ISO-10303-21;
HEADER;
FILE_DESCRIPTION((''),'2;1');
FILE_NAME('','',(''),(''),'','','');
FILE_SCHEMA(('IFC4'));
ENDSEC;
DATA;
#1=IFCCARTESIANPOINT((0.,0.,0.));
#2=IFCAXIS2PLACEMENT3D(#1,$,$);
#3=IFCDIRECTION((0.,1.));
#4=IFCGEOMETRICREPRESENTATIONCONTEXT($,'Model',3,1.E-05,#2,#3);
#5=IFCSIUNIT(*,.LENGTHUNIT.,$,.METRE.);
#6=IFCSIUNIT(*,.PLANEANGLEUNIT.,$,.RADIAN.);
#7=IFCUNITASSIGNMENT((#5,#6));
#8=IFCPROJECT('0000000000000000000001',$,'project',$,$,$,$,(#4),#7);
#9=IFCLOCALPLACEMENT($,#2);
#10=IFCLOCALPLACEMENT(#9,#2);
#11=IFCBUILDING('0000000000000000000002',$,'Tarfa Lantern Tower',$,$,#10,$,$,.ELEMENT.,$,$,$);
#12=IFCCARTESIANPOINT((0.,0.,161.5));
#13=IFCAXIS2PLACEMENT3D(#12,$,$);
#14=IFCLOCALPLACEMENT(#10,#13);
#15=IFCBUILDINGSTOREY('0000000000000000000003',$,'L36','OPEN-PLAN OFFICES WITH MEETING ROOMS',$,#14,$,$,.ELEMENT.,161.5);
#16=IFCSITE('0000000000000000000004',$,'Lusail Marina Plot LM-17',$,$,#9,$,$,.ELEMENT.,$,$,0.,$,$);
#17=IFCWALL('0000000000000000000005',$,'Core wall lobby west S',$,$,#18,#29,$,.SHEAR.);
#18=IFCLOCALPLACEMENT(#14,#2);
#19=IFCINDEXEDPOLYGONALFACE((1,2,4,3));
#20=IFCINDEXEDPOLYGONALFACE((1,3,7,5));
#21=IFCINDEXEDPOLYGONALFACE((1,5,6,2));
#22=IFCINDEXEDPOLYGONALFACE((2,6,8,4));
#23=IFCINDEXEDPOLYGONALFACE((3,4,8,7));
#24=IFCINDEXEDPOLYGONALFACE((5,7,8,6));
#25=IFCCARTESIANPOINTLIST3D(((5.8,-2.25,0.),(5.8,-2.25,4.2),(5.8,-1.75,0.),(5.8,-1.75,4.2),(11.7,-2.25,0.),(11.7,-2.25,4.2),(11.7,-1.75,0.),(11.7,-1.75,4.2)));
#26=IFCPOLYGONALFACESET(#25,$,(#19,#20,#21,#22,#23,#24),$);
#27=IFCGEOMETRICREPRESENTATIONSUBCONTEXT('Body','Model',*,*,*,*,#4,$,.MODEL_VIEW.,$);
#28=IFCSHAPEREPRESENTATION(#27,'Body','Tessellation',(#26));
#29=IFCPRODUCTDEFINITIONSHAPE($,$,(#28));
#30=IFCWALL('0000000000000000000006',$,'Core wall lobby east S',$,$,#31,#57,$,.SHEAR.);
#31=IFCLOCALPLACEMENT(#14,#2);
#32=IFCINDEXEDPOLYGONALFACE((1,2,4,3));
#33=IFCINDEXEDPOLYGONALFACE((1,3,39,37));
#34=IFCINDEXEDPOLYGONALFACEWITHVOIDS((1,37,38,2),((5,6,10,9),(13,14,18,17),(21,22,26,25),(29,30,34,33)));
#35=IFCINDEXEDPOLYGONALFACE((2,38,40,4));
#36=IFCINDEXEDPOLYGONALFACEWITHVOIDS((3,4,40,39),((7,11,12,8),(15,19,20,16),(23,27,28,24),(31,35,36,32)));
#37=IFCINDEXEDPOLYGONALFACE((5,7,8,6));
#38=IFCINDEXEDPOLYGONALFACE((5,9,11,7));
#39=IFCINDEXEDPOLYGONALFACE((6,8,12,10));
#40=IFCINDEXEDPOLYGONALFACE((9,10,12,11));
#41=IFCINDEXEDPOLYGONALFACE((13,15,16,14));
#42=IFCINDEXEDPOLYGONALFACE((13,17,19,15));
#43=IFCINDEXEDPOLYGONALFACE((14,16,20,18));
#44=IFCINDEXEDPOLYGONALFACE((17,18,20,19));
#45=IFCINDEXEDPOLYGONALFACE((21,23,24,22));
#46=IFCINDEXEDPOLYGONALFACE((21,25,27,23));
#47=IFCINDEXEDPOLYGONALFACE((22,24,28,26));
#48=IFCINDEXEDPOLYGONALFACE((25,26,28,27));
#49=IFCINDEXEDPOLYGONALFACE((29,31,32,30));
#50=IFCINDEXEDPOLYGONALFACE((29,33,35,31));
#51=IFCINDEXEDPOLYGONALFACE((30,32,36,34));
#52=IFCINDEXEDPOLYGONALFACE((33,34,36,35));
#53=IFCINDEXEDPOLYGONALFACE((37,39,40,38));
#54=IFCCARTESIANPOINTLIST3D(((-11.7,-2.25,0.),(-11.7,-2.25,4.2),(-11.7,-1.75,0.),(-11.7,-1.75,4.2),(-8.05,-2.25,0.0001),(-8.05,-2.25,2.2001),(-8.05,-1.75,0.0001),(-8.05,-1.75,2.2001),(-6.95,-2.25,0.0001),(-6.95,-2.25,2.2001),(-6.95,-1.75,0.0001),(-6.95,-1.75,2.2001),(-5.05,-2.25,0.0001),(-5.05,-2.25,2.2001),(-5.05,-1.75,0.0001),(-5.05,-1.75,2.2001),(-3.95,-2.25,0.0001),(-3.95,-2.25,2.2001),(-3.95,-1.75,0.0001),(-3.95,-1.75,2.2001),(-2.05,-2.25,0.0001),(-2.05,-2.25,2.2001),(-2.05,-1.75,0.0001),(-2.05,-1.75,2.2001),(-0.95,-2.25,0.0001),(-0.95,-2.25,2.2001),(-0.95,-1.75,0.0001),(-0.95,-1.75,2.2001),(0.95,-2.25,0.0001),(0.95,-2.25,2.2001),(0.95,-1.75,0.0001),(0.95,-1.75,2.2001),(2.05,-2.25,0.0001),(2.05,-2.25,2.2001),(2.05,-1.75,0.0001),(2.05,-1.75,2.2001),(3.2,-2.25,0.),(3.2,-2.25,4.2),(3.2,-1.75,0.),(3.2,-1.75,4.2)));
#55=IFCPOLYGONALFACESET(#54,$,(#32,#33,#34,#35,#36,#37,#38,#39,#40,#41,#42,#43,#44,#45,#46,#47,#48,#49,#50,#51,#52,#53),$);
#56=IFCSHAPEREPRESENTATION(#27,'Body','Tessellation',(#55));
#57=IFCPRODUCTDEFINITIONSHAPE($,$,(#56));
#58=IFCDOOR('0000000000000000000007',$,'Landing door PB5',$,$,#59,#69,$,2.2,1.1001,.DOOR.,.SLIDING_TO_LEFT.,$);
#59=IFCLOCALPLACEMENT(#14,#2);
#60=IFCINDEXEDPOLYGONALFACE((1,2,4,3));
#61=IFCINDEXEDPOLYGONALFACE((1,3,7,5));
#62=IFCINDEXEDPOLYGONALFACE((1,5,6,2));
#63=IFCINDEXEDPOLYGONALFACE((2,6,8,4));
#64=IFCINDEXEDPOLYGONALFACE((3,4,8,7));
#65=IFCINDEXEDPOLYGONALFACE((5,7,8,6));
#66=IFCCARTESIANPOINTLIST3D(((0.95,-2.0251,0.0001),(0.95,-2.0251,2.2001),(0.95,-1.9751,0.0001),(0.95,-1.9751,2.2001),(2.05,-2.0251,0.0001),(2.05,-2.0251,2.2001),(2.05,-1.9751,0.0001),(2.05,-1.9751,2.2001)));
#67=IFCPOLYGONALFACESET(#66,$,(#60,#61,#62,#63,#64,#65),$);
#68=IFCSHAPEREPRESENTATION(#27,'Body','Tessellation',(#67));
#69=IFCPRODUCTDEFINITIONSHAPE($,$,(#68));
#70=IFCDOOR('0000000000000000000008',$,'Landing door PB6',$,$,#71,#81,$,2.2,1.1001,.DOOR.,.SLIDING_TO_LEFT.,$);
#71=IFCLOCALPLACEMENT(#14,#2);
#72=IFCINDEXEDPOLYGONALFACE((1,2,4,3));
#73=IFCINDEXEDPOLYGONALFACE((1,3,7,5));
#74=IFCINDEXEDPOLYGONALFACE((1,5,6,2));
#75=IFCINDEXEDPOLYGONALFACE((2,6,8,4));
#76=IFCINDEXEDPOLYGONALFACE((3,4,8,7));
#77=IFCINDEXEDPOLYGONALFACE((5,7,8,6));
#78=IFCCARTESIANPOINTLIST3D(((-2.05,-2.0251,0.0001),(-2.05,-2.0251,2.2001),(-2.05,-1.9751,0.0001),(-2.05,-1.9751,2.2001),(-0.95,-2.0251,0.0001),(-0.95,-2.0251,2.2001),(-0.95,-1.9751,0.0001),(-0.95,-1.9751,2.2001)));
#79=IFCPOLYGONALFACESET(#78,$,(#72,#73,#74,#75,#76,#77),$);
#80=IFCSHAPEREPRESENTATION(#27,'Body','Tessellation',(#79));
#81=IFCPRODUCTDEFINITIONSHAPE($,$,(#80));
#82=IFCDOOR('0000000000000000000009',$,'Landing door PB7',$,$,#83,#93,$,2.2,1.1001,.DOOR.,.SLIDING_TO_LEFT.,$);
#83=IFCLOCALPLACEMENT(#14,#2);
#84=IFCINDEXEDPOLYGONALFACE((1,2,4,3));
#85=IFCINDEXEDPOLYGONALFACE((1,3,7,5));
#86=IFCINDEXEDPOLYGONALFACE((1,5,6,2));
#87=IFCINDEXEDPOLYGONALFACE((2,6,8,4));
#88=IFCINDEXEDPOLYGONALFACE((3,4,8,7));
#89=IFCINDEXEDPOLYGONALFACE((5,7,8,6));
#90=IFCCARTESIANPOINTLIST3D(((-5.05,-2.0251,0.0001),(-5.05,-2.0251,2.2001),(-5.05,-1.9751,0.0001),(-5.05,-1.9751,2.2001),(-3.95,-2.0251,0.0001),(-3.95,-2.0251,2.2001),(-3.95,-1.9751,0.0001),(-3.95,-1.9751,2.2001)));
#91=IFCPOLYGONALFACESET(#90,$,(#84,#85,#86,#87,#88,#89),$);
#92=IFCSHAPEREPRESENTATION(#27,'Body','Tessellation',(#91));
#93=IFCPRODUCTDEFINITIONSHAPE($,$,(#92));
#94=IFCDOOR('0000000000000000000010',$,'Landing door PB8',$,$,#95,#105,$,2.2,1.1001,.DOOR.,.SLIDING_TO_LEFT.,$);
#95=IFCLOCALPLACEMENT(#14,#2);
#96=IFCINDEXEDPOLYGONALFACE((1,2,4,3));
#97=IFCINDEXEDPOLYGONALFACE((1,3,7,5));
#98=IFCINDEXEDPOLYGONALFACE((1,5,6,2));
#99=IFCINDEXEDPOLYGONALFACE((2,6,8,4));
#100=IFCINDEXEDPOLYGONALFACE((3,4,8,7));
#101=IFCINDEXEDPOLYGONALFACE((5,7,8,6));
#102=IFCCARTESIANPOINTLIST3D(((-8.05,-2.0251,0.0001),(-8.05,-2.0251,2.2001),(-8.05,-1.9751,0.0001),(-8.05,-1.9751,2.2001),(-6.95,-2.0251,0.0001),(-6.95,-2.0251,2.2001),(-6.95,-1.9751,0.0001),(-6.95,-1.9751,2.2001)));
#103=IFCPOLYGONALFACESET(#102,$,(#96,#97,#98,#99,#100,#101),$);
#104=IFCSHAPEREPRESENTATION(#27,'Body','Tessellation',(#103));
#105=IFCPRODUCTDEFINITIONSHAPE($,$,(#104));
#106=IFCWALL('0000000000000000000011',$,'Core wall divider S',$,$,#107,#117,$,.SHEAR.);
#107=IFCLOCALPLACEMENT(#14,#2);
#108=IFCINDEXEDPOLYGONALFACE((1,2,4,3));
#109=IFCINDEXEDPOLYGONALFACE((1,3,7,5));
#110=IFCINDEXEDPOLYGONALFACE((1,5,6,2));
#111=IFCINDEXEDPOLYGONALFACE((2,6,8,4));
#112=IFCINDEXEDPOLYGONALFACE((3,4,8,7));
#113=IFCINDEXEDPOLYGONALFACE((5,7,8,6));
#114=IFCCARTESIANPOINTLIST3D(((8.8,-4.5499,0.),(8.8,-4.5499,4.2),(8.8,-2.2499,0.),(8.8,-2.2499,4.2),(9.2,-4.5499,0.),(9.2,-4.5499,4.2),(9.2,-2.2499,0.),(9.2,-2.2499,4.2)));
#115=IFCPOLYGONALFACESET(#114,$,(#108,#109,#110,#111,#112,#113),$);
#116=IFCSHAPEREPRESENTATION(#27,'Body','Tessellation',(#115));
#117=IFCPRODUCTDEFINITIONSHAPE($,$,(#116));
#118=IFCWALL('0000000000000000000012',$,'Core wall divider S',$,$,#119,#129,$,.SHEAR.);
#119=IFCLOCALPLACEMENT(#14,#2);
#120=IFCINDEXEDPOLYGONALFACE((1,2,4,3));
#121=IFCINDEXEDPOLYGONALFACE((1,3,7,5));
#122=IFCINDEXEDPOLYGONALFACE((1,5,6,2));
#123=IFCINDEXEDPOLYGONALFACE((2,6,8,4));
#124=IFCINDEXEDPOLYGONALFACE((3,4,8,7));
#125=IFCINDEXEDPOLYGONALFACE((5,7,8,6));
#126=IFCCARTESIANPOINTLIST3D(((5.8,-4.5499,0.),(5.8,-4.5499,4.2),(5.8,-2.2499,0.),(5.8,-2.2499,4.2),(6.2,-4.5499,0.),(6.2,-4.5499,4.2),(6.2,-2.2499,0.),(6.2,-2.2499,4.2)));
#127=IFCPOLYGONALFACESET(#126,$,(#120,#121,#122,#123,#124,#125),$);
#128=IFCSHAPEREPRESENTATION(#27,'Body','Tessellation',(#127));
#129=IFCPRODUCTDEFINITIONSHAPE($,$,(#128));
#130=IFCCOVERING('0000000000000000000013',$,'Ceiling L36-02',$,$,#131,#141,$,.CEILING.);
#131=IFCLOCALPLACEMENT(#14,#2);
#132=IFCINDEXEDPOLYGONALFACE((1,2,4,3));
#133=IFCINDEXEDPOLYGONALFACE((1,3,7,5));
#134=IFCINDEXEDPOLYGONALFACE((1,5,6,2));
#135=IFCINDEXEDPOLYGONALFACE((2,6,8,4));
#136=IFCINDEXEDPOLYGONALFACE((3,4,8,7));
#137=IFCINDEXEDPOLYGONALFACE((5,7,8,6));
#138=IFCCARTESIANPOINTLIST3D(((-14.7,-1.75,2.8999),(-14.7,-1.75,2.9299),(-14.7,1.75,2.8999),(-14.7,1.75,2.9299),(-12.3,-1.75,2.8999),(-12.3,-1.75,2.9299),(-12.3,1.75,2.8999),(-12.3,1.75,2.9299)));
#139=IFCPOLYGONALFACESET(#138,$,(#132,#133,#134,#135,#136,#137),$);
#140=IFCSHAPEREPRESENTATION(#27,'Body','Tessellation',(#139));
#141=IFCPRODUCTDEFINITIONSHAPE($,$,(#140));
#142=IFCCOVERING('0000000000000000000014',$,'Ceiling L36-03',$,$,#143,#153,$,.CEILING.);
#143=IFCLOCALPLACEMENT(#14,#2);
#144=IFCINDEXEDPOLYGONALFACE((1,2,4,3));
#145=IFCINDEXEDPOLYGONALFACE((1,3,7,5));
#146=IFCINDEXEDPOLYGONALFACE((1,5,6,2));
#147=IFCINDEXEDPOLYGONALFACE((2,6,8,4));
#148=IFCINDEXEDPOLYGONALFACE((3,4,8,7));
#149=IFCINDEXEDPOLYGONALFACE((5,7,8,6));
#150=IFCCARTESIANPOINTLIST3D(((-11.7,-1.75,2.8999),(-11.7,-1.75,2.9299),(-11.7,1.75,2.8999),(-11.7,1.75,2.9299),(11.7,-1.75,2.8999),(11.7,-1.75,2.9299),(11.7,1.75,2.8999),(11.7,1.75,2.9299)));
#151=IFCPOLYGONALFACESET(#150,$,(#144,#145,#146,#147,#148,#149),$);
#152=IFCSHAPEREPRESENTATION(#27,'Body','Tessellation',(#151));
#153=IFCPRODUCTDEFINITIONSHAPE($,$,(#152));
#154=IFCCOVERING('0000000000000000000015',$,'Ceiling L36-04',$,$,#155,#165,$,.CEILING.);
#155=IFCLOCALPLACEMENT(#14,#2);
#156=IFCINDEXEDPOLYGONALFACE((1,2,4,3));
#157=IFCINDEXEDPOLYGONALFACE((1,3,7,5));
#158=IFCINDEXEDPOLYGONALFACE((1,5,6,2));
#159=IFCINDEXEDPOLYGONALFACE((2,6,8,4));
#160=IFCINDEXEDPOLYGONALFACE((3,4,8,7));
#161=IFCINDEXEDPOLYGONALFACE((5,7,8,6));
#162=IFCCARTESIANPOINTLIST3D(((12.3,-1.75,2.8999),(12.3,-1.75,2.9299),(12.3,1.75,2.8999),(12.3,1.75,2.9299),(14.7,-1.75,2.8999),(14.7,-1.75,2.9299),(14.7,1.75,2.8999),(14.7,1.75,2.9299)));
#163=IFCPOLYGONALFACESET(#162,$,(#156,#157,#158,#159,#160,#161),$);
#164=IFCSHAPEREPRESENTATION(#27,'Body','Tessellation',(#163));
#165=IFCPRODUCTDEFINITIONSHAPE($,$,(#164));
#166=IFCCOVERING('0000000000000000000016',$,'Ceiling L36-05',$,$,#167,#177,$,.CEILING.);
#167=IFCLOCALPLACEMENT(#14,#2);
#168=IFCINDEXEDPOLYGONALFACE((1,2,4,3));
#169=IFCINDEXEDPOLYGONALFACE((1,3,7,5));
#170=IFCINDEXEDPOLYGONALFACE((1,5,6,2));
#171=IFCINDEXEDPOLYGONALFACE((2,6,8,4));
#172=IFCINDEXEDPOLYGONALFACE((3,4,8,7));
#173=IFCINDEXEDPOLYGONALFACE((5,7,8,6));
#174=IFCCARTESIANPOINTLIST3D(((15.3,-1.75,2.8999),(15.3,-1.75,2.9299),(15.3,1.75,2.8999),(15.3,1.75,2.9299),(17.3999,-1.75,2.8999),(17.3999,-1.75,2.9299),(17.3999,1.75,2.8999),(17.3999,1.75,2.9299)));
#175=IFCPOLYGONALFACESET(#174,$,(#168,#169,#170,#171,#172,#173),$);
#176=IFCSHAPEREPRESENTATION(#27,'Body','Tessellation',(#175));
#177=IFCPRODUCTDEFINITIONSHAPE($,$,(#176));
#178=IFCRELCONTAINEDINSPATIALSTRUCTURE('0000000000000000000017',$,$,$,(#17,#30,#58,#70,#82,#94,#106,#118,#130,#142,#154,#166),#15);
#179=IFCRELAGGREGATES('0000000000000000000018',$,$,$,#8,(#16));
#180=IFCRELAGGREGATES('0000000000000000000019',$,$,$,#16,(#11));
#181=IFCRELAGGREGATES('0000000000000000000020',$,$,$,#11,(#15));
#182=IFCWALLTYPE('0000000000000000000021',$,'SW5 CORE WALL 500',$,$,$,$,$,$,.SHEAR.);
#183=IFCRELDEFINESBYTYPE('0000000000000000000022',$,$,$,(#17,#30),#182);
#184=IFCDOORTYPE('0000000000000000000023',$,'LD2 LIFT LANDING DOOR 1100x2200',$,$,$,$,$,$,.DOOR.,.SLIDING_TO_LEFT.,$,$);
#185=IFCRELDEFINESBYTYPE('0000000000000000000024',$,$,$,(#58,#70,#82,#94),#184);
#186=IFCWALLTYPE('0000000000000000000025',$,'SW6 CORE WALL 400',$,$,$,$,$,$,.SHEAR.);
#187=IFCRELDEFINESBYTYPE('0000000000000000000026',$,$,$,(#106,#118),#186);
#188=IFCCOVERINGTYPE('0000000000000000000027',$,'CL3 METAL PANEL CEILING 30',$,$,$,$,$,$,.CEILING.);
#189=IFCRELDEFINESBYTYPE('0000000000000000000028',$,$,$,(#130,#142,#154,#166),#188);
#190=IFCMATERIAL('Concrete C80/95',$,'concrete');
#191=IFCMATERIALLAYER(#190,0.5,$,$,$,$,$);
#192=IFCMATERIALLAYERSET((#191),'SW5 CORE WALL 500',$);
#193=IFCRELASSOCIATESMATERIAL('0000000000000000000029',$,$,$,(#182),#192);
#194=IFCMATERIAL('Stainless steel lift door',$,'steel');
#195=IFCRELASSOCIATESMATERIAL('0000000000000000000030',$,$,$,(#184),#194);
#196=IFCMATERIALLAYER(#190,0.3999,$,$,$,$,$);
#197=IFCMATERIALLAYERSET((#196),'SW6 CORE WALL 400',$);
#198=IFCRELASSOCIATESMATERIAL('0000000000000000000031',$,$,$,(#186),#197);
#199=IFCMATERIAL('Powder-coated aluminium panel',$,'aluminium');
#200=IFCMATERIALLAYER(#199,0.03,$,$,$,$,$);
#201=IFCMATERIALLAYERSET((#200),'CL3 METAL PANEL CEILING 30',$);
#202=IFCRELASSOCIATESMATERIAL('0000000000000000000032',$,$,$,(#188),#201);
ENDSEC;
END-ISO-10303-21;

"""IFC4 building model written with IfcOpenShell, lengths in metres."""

from ifc_helpers import new_model, si_unit, direction, frame, frame_2d, origin, place, context, subcontext, project, spatial, polyline, rectangle, outline, extrude, material, layer, layer_set, type_object, element, fill, save


model = new_model("IFC4")

# Units and contexts
model_context = context("Model", 3, precision=1e-05, world=origin(), true_north=direction((0.0, 1.0)))
body_context = subcontext(model_context, "Body", "Model", "MODEL_VIEW")
ifc_project = project(units=[si_unit("LENGTHUNIT", "METRE"), si_unit("PLANEANGLEUNIT", "RADIAN")], contexts=[model_context])

# Site, building, storey
site_placement = place(None, origin())
site = spatial("IfcSite", under=ifc_project, at=site_placement, Name="Lusail Marina Plot LM-17", CompositionType="ELEMENT", RefElevation=0.0)
building_placement = place(site_placement, origin())
building = spatial("IfcBuilding", under=site, at=building_placement, Name="Tarfa Lantern Tower", CompositionType="ELEMENT")
storey_placement = place(building_placement, frame((0.0, 0.0, 161.5)))
storey = spatial("IfcBuildingStorey", under=building, at=storey_placement, Name="L36", Description="OPEN-PLAN OFFICES WITH MEETING ROOMS", CompositionType="ELEMENT", Elevation=161.5)

# Wall
ifc_material_1 = material(Name="Concrete C80/95", Category="concrete")
ifc_layer_1 = layer(ifc_material_1, 0.5)
ifc_layer_set_1 = layer_set([ifc_layer_1], Name="SW5 CORE WALL 500")
wall_type_1 = type_object("IfcWallType", Name="SW5 CORE WALL 500", PredefinedType="SHEAR", material=ifc_layer_set_1)
wall_1_placement = place(storey_placement, frame((11.7, -2.0, 0.0), z_axis=(0.0, 0.0, 1.0), x_axis=(-1.0, 0.0, 0.0)))
element("IfcWall", 1, at=wall_1_placement, inside=storey, type_object=wall_type_1, Name="Core wall lobby west S", PredefinedType="SHEAR", context=body_context, shape_type="SweptSolid", body=[
    extrude(rectangle(XDim=5.8999, YDim=0.5, at=frame_2d((2.95, 0.0))), origin(), (0.0, 0.0, 1.0), 4.2),
])

# Wall, openings, doors
wall_2_placement = place(storey_placement, frame((3.2, -2.0, 0.0), z_axis=(0.0, 0.0, 1.0), x_axis=(-1.0, 0.0, 0.0)))
wall_2 = element("IfcWall", 2, at=wall_2_placement, inside=storey, type_object=wall_type_1, Name="Core wall lobby east S", PredefinedType="SHEAR", context=body_context, shape_type="SweptSolid", body=[
    extrude(rectangle(XDim=14.8999, YDim=0.5, at=frame_2d((7.45, 0.0))), origin(), (0.0, 0.0, 1.0), 4.2),
])
opening_1_placement = place(wall_2_placement, frame((1.1499, 0.0, 0.0)))
opening_1 = element("IfcOpeningElement", 3, at=opening_1_placement, cuts=wall_2, PredefinedType="OPENING", context=body_context, shape_type="SweptSolid", body=[
    extrude(rectangle(XDim=1.1001, YDim=2.2, at=frame_2d((0.55, 1.1001))), frame((0.0, 0.26, 0.0), z_axis=(0.0, -1.0, 0.0), x_axis=(1.0, 0.0, 0.0)), (0.0, 0.0, 1.0), 0.52),
])
opening_2_placement = place(wall_2_placement, frame((4.1499, 0.0, 0.0)))
opening_2 = element("IfcOpeningElement", 4, at=opening_2_placement, cuts=wall_2, PredefinedType="OPENING", context=body_context, shape_type="SweptSolid", body=[
    extrude(rectangle(XDim=1.1001, YDim=2.2, at=frame_2d((0.55, 1.1001))), frame((0.0, 0.26, 0.0), z_axis=(0.0, -1.0, 0.0), x_axis=(1.0, 0.0, 0.0)), (0.0, 0.0, 1.0), 0.52),
])
opening_3_placement = place(wall_2_placement, frame((7.1499, 0.0, 0.0)))
opening_3 = element("IfcOpeningElement", 5, at=opening_3_placement, cuts=wall_2, PredefinedType="OPENING", context=body_context, shape_type="SweptSolid", body=[
    extrude(rectangle(XDim=1.1001, YDim=2.2, at=frame_2d((0.55, 1.1001))), frame((0.0, 0.26, 0.0), z_axis=(0.0, -1.0, 0.0), x_axis=(1.0, 0.0, 0.0)), (0.0, 0.0, 1.0), 0.52),
])
opening_4_placement = place(wall_2_placement, frame((10.1499, 0.0, 0.0)))
opening_4 = element("IfcOpeningElement", 6, at=opening_4_placement, cuts=wall_2, PredefinedType="OPENING", context=body_context, shape_type="SweptSolid", body=[
    extrude(rectangle(XDim=1.1001, YDim=2.2, at=frame_2d((0.55, 1.1001))), frame((0.0, 0.26, 0.0), z_axis=(0.0, -1.0, 0.0), x_axis=(1.0, 0.0, 0.0)), (0.0, 0.0, 1.0), 0.52),
])
ifc_material_2 = material(Name="Stainless steel lift door", Category="steel")
door_type = type_object("IfcDoorType", Name="LD2 LIFT LANDING DOOR 1100x2200", OperationType="SLIDING_TO_LEFT", PredefinedType="DOOR", material=ifc_material_2)
door_1_placement = place(opening_1_placement, frame((1.1001, 0.0, 0.0), z_axis=(0.0, 0.0, 1.0), x_axis=(-1.0, 0.0, 0.0)))
door_1 = element("IfcDoor", 7, at=door_1_placement, inside=storey, type_object=door_type, Name="Landing door PB5", OperationType="SLIDING_TO_LEFT", OverallHeight=2.2, OverallWidth=1.1001, PredefinedType="DOOR", context=body_context, shape_type="SweptSolid", body=[
    extrude(rectangle(XDim=1.1001, YDim=2.2, at=frame_2d((0.55, 1.1001))), frame((0.0, 0.0249, 0.0), z_axis=(0.0, -1.0, 0.0), x_axis=(1.0, 0.0, 0.0)), (0.0, 0.0, 1.0), 0.05),
])
fill(opening_1, door_1)
door_2_placement = place(opening_2_placement, frame((1.1001, 0.0, 0.0), z_axis=(0.0, 0.0, 1.0), x_axis=(-1.0, 0.0, 0.0)))
door_2 = element("IfcDoor", 8, at=door_2_placement, inside=storey, type_object=door_type, Name="Landing door PB6", OperationType="SLIDING_TO_LEFT", OverallHeight=2.2, OverallWidth=1.1001, PredefinedType="DOOR", context=body_context, shape_type="SweptSolid", body=[
    extrude(rectangle(XDim=1.1001, YDim=2.2, at=frame_2d((0.55, 1.1001))), frame((0.0, 0.0249, 0.0), z_axis=(0.0, -1.0, 0.0), x_axis=(1.0, 0.0, 0.0)), (0.0, 0.0, 1.0), 0.05),
])
fill(opening_2, door_2)
door_3_placement = place(opening_3_placement, frame((1.1001, 0.0, 0.0), z_axis=(0.0, 0.0, 1.0), x_axis=(-1.0, 0.0, 0.0)))
door_3 = element("IfcDoor", 9, at=door_3_placement, inside=storey, type_object=door_type, Name="Landing door PB7", OperationType="SLIDING_TO_LEFT", OverallHeight=2.2, OverallWidth=1.1001, PredefinedType="DOOR", context=body_context, shape_type="SweptSolid", body=[
    extrude(rectangle(XDim=1.1001, YDim=2.2, at=frame_2d((0.55, 1.1001))), frame((0.0, 0.0249, 0.0), z_axis=(0.0, -1.0, 0.0), x_axis=(1.0, 0.0, 0.0)), (0.0, 0.0, 1.0), 0.05),
])
fill(opening_3, door_3)
door_4_placement = place(opening_4_placement, frame((1.1001, 0.0, 0.0), z_axis=(0.0, 0.0, 1.0), x_axis=(-1.0, 0.0, 0.0)))
door_4 = element("IfcDoor", 10, at=door_4_placement, inside=storey, type_object=door_type, Name="Landing door PB8", OperationType="SLIDING_TO_LEFT", OverallHeight=2.2, OverallWidth=1.1001, PredefinedType="DOOR", context=body_context, shape_type="SweptSolid", body=[
    extrude(rectangle(XDim=1.1001, YDim=2.2, at=frame_2d((0.55, 1.1001))), frame((0.0, 0.0249, 0.0), z_axis=(0.0, -1.0, 0.0), x_axis=(1.0, 0.0, 0.0)), (0.0, 0.0, 1.0), 0.05),
])
fill(opening_4, door_4)

# Walls
ifc_layer_2 = layer(ifc_material_1, 0.3999)
ifc_layer_set_2 = layer_set([ifc_layer_2], Name="SW6 CORE WALL 400")
wall_type_2 = type_object("IfcWallType", Name="SW6 CORE WALL 400", PredefinedType="SHEAR", material=ifc_layer_set_2)
for number, where, z_axis, x_axis, name in (
    (11, (9.0, -2.25, 0.0), (0.0, 0.0, 1.0), (0.0, -1.0, 0.0), "Core wall divider S"),
    (12, (6.0, -2.25, 0.0), (0.0, 0.0, 1.0), (0.0, -1.0, 0.0), "Core wall divider S"),
):
    element("IfcWall", number, at=place(storey_placement, frame(where, z_axis=z_axis, x_axis=x_axis)), inside=storey, type_object=wall_type_2, Name=name, PredefinedType="SHEAR", context=body_context, shape_type="SweptSolid", body=[
        extrude(rectangle(XDim=2.3, YDim=0.3999, at=frame_2d((1.1499, 0.0))), origin(), (0.0, 0.0, 1.0), 4.2),
    ])

# Coverings
ifc_material_3 = material(Name="Powder-coated aluminium panel", Category="aluminium")
ifc_layer_3 = layer(ifc_material_3, 0.03)
ifc_layer_set_3 = layer_set([ifc_layer_3], Name="CL3 METAL PANEL CEILING 30")
covering_type_1 = type_object("IfcCoveringType", Name="CL3 METAL PANEL CEILING 30", PredefinedType="CEILING", material=ifc_layer_set_3)
covering_1_placement = place(storey_placement, frame((0.0, 0.0, 2.8999)))
element("IfcCovering", 13, at=covering_1_placement, inside=storey, type_object=covering_type_1, Name="Ceiling L36-02", PredefinedType="CEILING", context=body_context, shape_type="SweptSolid", body=[
    extrude(outline(polyline([(-14.7, -1.75), (-12.3, -1.75), (-12.3, 1.75), (-14.7, 1.75), (-14.7, -1.75)])), origin(), (0.0, 0.0, 1.0), 0.03),
])
covering_2_placement = place(storey_placement, frame((0.0, 0.0, 2.8999)))
element("IfcCovering", 14, at=covering_2_placement, inside=storey, type_object=covering_type_1, Name="Ceiling L36-03", PredefinedType="CEILING", context=body_context, shape_type="SweptSolid", body=[
    extrude(outline(polyline([(-11.7, -1.75), (11.7, -1.75), (11.7, 1.75), (-11.7, 1.75), (-11.7, -1.75)])), origin(), (0.0, 0.0, 1.0), 0.03),
])
covering_3_placement = place(storey_placement, frame((0.0, 0.0, 2.8999)))
element("IfcCovering", 15, at=covering_3_placement, inside=storey, type_object=covering_type_1, Name="Ceiling L36-04", PredefinedType="CEILING", context=body_context, shape_type="SweptSolid", body=[
    extrude(outline(polyline([(12.3, -1.75), (14.7, -1.75), (14.7, 1.75), (12.3, 1.75), (12.3, -1.75)])), origin(), (0.0, 0.0, 1.0), 0.03),
])
covering_4_placement = place(storey_placement, frame((0.0, 0.0, 2.8999)))
element("IfcCovering", 16, at=covering_4_placement, inside=storey, type_object=covering_type_1, Name="Ceiling L36-05", PredefinedType="CEILING", context=body_context, shape_type="SweptSolid", body=[
    extrude(outline(polyline([(15.3, -1.75), (17.3999, -1.75), (17.3999, 1.75), (15.3, 1.75), (15.3, -1.75)])), origin(), (0.0, 0.0, 1.0), 0.03),
])

save(model, "model.ifc")
